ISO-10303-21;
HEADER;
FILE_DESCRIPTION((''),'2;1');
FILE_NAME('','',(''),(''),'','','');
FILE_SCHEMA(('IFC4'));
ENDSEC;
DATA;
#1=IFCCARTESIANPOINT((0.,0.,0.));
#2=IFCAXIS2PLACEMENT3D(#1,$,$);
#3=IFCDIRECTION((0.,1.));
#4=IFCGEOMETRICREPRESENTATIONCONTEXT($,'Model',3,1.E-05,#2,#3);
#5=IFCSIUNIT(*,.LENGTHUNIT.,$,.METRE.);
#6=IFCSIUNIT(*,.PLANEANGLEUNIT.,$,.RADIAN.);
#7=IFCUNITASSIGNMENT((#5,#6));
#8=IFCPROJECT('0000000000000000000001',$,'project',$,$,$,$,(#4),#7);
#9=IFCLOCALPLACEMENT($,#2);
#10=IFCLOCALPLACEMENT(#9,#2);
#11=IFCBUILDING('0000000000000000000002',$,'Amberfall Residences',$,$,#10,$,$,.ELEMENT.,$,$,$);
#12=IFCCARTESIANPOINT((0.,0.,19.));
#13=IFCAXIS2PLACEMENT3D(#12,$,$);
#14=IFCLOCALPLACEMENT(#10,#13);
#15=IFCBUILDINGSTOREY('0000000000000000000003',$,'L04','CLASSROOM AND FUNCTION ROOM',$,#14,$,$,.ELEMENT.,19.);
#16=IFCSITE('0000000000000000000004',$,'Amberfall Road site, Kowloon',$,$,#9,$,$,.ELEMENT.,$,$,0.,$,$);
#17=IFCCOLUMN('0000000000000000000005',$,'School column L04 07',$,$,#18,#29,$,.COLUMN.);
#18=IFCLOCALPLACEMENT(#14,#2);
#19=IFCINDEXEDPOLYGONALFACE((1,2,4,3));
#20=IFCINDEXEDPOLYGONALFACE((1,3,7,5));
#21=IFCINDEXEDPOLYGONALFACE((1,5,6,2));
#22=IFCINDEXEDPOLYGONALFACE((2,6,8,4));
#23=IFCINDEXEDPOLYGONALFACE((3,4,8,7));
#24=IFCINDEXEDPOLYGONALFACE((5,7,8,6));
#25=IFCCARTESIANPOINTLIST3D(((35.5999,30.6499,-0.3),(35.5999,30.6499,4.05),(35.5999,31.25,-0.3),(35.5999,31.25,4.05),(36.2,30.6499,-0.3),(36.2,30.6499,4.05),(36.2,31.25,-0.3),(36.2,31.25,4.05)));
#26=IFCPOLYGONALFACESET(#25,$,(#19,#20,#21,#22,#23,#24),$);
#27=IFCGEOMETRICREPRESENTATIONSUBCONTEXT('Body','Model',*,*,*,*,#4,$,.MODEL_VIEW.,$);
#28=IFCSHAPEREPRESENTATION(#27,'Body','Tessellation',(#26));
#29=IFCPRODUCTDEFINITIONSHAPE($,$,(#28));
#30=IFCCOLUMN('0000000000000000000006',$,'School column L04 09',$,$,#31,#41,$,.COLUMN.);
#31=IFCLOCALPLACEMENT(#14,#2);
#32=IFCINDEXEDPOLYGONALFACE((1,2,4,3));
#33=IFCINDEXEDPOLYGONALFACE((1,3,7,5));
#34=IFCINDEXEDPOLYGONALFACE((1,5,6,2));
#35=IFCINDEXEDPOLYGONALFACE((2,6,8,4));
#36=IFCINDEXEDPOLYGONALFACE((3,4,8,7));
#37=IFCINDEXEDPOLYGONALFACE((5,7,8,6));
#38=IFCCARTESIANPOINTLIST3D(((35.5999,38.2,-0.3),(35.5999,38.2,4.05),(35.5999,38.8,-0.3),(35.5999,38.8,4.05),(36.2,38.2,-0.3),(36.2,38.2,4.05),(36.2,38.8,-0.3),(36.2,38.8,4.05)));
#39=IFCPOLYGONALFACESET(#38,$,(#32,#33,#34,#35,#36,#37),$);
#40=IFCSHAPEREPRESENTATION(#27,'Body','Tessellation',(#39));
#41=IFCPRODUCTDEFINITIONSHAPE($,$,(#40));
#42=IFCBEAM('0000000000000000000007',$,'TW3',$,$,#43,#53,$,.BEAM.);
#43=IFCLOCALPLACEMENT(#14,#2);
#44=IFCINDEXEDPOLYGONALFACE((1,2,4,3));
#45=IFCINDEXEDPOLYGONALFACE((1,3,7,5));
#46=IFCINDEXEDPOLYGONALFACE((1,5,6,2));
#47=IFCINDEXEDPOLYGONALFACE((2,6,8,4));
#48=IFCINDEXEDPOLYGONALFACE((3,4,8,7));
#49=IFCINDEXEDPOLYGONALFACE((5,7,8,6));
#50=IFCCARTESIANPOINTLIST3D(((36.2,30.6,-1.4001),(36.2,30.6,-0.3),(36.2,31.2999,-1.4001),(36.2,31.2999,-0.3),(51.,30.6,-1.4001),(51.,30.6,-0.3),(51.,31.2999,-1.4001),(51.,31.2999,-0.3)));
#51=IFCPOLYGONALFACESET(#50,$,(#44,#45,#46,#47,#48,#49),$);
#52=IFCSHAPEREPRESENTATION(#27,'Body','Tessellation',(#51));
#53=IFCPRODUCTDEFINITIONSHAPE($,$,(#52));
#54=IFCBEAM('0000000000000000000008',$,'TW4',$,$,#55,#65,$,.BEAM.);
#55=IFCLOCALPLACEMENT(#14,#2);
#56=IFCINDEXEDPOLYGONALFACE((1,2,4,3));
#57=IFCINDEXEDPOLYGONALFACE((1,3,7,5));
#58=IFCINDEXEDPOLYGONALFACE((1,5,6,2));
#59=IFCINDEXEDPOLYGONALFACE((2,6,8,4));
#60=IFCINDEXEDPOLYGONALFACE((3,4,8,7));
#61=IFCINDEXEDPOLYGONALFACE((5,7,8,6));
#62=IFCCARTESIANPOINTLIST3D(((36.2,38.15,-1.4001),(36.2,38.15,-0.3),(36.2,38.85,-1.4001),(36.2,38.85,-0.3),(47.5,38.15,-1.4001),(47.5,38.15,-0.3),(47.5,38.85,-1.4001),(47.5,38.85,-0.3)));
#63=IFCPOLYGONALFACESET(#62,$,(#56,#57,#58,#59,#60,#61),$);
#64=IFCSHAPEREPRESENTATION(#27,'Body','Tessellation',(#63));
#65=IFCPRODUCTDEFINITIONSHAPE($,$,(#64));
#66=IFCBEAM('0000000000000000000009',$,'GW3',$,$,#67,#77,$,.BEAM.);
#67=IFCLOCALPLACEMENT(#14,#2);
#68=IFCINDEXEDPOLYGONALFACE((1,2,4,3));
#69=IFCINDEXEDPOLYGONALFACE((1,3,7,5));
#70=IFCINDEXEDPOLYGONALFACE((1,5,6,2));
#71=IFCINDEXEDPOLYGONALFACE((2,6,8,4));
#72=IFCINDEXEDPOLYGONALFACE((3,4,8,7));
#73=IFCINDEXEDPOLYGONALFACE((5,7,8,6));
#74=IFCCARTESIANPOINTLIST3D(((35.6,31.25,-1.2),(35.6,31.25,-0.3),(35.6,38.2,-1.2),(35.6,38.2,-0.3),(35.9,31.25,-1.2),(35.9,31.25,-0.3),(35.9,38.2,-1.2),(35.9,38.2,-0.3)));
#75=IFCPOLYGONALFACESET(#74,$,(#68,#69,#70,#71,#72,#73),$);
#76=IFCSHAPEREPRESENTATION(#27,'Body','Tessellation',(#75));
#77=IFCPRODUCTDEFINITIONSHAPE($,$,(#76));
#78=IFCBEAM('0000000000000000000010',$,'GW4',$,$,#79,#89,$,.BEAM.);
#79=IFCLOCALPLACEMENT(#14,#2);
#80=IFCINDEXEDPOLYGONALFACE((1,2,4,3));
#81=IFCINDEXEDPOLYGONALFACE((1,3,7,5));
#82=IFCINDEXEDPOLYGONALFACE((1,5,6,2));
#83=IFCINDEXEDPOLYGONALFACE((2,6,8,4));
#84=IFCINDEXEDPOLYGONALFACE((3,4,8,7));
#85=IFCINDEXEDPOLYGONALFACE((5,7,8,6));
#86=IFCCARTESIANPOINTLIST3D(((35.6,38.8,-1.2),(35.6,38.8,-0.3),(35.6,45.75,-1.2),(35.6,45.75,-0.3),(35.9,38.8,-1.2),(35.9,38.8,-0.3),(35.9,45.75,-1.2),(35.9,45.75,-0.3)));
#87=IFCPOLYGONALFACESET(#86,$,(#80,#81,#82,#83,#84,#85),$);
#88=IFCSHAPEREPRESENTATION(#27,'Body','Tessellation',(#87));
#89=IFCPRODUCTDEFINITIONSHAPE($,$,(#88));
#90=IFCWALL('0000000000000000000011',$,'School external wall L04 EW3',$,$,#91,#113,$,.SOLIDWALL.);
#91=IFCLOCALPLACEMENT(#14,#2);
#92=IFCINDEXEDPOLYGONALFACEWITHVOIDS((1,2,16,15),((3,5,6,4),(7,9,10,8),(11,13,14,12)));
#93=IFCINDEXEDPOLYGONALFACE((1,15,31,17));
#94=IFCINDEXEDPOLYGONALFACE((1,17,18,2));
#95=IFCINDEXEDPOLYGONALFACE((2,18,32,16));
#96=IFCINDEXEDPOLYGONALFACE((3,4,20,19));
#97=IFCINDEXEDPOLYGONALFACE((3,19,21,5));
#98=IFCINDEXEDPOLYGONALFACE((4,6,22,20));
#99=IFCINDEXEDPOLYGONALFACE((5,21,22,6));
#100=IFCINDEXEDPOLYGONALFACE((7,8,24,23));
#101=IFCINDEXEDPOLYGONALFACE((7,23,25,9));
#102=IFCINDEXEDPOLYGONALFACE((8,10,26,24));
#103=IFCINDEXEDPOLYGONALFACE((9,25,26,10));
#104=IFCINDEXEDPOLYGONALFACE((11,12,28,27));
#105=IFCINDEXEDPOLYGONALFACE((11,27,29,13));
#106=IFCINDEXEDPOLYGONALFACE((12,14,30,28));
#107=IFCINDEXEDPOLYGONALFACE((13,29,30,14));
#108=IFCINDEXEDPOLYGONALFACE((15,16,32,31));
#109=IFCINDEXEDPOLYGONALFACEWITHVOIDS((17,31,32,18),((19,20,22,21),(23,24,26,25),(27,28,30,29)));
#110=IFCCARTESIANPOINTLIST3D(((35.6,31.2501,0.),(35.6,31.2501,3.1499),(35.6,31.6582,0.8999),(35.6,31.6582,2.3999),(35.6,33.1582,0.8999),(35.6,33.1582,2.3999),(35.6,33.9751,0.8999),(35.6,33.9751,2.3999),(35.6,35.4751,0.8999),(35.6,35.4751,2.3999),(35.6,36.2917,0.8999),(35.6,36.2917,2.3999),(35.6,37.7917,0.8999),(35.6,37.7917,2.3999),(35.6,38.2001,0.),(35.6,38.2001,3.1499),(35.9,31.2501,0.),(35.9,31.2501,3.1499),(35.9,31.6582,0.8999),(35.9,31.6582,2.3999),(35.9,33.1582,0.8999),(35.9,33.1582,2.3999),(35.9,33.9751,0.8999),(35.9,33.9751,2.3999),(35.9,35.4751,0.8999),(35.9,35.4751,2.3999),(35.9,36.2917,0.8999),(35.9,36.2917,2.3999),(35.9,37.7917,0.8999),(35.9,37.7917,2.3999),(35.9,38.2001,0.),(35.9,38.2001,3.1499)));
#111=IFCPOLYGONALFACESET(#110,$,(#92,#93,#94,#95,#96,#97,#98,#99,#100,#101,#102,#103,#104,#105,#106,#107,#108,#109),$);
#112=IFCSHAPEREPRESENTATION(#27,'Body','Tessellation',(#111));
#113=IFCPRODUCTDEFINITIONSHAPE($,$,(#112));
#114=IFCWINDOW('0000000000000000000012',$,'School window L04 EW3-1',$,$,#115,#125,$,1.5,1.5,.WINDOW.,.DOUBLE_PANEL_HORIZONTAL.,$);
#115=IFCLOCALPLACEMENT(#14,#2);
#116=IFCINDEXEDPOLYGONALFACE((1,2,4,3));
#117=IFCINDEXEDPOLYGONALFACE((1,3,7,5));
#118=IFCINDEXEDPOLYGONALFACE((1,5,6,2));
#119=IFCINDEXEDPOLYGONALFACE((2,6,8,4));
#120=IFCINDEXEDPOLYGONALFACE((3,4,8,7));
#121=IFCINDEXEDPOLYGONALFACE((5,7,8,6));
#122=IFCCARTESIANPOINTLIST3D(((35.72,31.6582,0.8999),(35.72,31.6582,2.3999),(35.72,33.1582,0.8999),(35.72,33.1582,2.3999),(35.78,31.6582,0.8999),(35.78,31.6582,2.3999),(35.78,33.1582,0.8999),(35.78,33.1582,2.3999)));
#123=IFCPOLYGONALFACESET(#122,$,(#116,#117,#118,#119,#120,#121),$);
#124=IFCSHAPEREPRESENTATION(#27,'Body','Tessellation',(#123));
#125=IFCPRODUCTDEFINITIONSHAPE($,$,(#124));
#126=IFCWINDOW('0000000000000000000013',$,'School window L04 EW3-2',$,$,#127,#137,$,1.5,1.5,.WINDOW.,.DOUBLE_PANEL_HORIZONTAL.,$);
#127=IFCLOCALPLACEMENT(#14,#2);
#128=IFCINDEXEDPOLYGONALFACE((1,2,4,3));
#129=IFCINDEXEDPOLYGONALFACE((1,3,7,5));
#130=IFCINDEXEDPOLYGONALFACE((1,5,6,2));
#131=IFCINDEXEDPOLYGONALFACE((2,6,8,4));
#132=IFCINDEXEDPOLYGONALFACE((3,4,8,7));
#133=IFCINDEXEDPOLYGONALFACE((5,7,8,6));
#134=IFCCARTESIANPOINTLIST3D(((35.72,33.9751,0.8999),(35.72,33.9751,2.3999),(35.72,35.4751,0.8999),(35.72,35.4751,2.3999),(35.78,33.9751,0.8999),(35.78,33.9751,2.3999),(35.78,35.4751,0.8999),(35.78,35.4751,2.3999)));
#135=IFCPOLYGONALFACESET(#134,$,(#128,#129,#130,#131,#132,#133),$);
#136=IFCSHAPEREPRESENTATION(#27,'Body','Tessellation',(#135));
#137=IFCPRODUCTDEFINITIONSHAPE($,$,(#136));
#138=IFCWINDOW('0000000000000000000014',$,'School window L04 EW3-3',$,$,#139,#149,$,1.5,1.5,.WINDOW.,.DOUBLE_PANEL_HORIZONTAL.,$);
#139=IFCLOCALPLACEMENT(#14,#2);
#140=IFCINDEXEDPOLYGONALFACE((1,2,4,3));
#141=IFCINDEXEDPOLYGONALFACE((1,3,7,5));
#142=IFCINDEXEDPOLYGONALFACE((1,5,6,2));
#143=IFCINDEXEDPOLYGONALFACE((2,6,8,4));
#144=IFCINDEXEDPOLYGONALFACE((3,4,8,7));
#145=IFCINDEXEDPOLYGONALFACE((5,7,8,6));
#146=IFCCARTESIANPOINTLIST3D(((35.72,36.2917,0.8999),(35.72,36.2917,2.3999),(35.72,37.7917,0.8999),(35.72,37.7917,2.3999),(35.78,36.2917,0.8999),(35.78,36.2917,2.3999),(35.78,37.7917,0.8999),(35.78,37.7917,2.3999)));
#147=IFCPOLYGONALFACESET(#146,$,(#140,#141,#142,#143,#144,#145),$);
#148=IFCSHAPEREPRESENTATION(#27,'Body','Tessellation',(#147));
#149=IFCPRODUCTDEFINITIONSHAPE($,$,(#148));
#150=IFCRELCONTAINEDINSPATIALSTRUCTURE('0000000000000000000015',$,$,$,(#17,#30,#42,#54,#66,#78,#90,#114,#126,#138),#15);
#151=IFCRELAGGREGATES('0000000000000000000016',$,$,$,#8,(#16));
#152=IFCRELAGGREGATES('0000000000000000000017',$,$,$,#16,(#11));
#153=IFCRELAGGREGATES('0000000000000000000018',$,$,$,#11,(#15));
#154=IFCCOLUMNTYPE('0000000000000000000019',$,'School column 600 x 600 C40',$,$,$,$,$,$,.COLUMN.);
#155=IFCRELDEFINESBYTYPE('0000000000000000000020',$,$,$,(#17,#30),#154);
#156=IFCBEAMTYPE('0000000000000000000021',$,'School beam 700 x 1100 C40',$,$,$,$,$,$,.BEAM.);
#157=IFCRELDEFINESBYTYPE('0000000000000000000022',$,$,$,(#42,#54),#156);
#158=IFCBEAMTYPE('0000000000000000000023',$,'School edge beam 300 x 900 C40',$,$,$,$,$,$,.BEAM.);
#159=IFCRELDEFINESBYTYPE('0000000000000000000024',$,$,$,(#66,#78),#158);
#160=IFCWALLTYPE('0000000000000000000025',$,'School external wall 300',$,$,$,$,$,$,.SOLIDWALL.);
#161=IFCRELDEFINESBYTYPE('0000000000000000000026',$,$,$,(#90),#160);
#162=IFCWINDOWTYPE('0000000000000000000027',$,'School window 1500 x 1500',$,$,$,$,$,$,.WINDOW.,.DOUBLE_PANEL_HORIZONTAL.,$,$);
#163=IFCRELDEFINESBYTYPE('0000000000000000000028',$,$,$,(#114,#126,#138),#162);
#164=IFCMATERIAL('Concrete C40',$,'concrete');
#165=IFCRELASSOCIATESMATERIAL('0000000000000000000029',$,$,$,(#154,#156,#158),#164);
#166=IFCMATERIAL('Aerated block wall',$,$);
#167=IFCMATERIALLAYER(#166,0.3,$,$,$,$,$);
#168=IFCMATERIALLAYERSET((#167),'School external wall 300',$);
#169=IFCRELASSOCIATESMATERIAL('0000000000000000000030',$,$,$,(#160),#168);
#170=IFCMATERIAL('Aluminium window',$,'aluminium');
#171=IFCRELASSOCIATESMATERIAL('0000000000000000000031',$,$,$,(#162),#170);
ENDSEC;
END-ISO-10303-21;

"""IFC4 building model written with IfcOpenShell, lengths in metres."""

from ifc_helpers import new_model, si_unit, direction, frame, frame_2d, origin, origin_2d, place, context, subcontext, project, spatial, rectangle, extrude, material, layer, layer_set, material_profile, profile_set, type_object, element, fill, save


model = new_model("IFC4")

# Units and contexts
model_context = context("Model", 3, precision=1e-05, world=origin(), true_north=direction((0.0, 1.0)))
body_context = subcontext(model_context, "Body", "Model", "MODEL_VIEW")
ifc_project = project(units=[si_unit("LENGTHUNIT", "METRE"), si_unit("PLANEANGLEUNIT", "RADIAN")], contexts=[model_context])

# Site, building, storey
site_placement = place(None, origin())
site = spatial("IfcSite", under=ifc_project, at=site_placement, Name="Amberfall Road site, Kowloon", CompositionType="ELEMENT", RefElevation=0.0)
building_placement = place(site_placement, origin())
building = spatial("IfcBuilding", under=site, at=building_placement, Name="Amberfall Residences", CompositionType="ELEMENT")
storey_placement = place(building_placement, frame((0.0, 0.0, 19.0)))
storey = spatial("IfcBuildingStorey", under=building, at=storey_placement, Name="L04", Description="CLASSROOM AND FUNCTION ROOM", CompositionType="ELEMENT", Elevation=19.0)

# Columns
ifc_material_1 = material(Name="Concrete C40", Category="concrete")
ifc_material_profile_1 = material_profile(ifc_material_1, rectangle(XDim=0.6001, YDim=0.6001, at=origin_2d()), Name="School column 600 x 600 C40")
ifc_profile_set_1 = profile_set([ifc_material_profile_1], Name="Concrete C40")
column_type = type_object("IfcColumnType", Name="School column 600 x 600 C40", PredefinedType="COLUMN", material=ifc_profile_set_1)
for number, where, z_axis, x_axis, name in (
    (1, (35.8999, 30.95, -0.3), (0.0, 0.0, 1.0), (1.0, 0.0, 0.0), "School column L04 07"),
    (2, (35.8999, 38.5, -0.3), (0.0, 0.0, 1.0), (1.0, 0.0, 0.0), "School column L04 09"),
):
    element("IfcColumn", number, at=place(storey_placement, frame(where, z_axis=z_axis, x_axis=x_axis)), inside=storey, type_object=column_type, Name=name, PredefinedType="COLUMN", context=body_context, shape_type="SweptSolid", body=[
        extrude(rectangle(XDim=0.6001, YDim=0.6001, at=origin_2d()), origin(), (0.0, 0.0, 1.0), 4.3501),
    ])

# Beams
ifc_material_profile_2 = material_profile(ifc_material_1, rectangle(XDim=0.7, YDim=1.1001, at=origin_2d()), Name="School beam 700 x 1100 C40")
ifc_profile_set_2 = profile_set([ifc_material_profile_2], Name="Concrete C40")
beam_type_1 = type_object("IfcBeamType", Name="School beam 700 x 1100 C40", PredefinedType="BEAM", material=ifc_profile_set_2)
beam_1_placement = place(storey_placement, frame((36.2, 30.95, -0.8501), z_axis=(1.0, 0.0, 0.0), x_axis=(0.0, 1.0, 0.0)))
element("IfcBeam", 3, at=beam_1_placement, inside=storey, type_object=beam_type_1, Name="TW3", PredefinedType="BEAM", context=body_context, shape_type="SweptSolid", body=[
    extrude(rectangle(XDim=0.7, YDim=1.1001, at=origin_2d()), origin(), (0.0, 0.0, 1.0), 14.8),
])
beam_2_placement = place(storey_placement, frame((36.2, 38.5, -0.8501), z_axis=(1.0, 0.0, 0.0), x_axis=(0.0, 1.0, 0.0)))
element("IfcBeam", 4, at=beam_2_placement, inside=storey, type_object=beam_type_1, Name="TW4", PredefinedType="BEAM", context=body_context, shape_type="SweptSolid", body=[
    extrude(rectangle(XDim=0.7, YDim=1.1001, at=origin_2d()), origin(), (0.0, 0.0, 1.0), 11.3),
])
ifc_material_profile_3 = material_profile(ifc_material_1, rectangle(XDim=0.3, YDim=0.8999, at=origin_2d()), Name="School edge beam 300 x 900 C40")
ifc_profile_set_3 = profile_set([ifc_material_profile_3], Name="Concrete C40")
beam_type_2 = type_object("IfcBeamType", Name="School edge beam 300 x 900 C40", PredefinedType="BEAM", material=ifc_profile_set_3)
for number, where, z_axis, x_axis, name in (
    (5, (35.75, 31.25, -0.75), (0.0, 1.0, 0.0), (-1.0, 0.0, 0.0), "GW3"),
    (6, (35.75, 38.8, -0.75), (0.0, 1.0, 0.0), (-1.0, 0.0, 0.0), "GW4"),
):
    element("IfcBeam", number, at=place(storey_placement, frame(where, z_axis=z_axis, x_axis=x_axis)), inside=storey, type_object=beam_type_2, Name=name, PredefinedType="BEAM", context=body_context, shape_type="SweptSolid", body=[
        extrude(rectangle(XDim=0.3, YDim=0.8999, at=origin_2d()), origin(), (0.0, 0.0, 1.0), 6.95),
    ])

# Wall, openings, windows
ifc_material_2 = material(Name="Aerated block wall")
ifc_layer_1 = layer(ifc_material_2, 0.3)
ifc_layer_set_1 = layer_set([ifc_layer_1], Name="School external wall 300")
wall_type_1 = type_object("IfcWallType", Name="School external wall 300", PredefinedType="SOLIDWALL", material=ifc_layer_set_1)
wall_1_placement = place(storey_placement, frame((35.75, 31.25, 0.0), z_axis=(0.0, 0.0, 1.0), x_axis=(0.0, 1.0, 0.0)))
wall_1 = element("IfcWall", 7, at=wall_1_placement, inside=storey, type_object=wall_type_1, Name="School external wall L04 EW3", PredefinedType="SOLIDWALL", context=body_context, shape_type="SweptSolid", body=[
    extrude(rectangle(XDim=6.95, YDim=0.3, at=frame_2d((3.4751, 0.0))), origin(), (0.0, 0.0, 1.0), 3.1499),
])
opening_1_placement = place(wall_1_placement, frame((0.4082, 0.0, 0.8999)))
opening_1 = element("IfcOpeningElement", 8, at=opening_1_placement, cuts=wall_1, PredefinedType="OPENING", context=body_context, shape_type="SweptSolid", body=[
    extrude(rectangle(XDim=1.5, YDim=1.5, at=frame_2d((0.75, 0.75))), frame((0.0, 0.1599, 0.0), z_axis=(0.0, -1.0, 0.0), x_axis=(1.0, 0.0, 0.0)), (0.0, 0.0, 1.0), 0.3201),
])
opening_2_placement = place(wall_1_placement, frame((2.7251, 0.0, 0.8999)))
opening_2 = element("IfcOpeningElement", 9, at=opening_2_placement, cuts=wall_1, PredefinedType="OPENING", context=body_context, shape_type="SweptSolid", body=[
    extrude(rectangle(XDim=1.5, YDim=1.5, at=frame_2d((0.75, 0.75))), frame((0.0, 0.1599, 0.0), z_axis=(0.0, -1.0, 0.0), x_axis=(1.0, 0.0, 0.0)), (0.0, 0.0, 1.0), 0.3201),
])
opening_3_placement = place(wall_1_placement, frame((5.0417, 0.0, 0.8999)))
opening_3 = element("IfcOpeningElement", 10, at=opening_3_placement, cuts=wall_1, PredefinedType="OPENING", context=body_context, shape_type="SweptSolid", body=[
    extrude(rectangle(XDim=1.5, YDim=1.5, at=frame_2d((0.75, 0.75))), frame((0.0, 0.1599, 0.0), z_axis=(0.0, -1.0, 0.0), x_axis=(1.0, 0.0, 0.0)), (0.0, 0.0, 1.0), 0.3201),
])
ifc_material_3 = material(Name="Aluminium window", Category="aluminium")
window_type = type_object("IfcWindowType", Name="School window 1500 x 1500", PartitioningType="DOUBLE_PANEL_HORIZONTAL", PredefinedType="WINDOW", material=ifc_material_3)
window_1_placement = place(opening_1_placement, origin())
window_1 = element("IfcWindow", 11, at=window_1_placement, inside=storey, type_object=window_type, Name="School window L04 EW3-1", OverallHeight=1.5, OverallWidth=1.5, PartitioningType="DOUBLE_PANEL_HORIZONTAL", PredefinedType="WINDOW", context=body_context, shape_type="SweptSolid", body=[
    extrude(rectangle(XDim=1.5, YDim=1.5, at=frame_2d((0.75, 0.75))), frame((0.0, 0.03, 0.0), z_axis=(0.0, -1.0, 0.0), x_axis=(1.0, 0.0, 0.0)), (0.0, 0.0, 1.0), 0.0601),
])
fill(opening_1, window_1)
window_2_placement = place(opening_2_placement, origin())
window_2 = element("IfcWindow", 12, at=window_2_placement, inside=storey, type_object=window_type, Name="School window L04 EW3-2", OverallHeight=1.5, OverallWidth=1.5, PartitioningType="DOUBLE_PANEL_HORIZONTAL", PredefinedType="WINDOW", context=body_context, shape_type="SweptSolid", body=[
    extrude(rectangle(XDim=1.5, YDim=1.5, at=frame_2d((0.75, 0.75))), frame((0.0, 0.03, 0.0), z_axis=(0.0, -1.0, 0.0), x_axis=(1.0, 0.0, 0.0)), (0.0, 0.0, 1.0), 0.0601),
])
fill(opening_2, window_2)
window_3_placement = place(opening_3_placement, origin())
window_3 = element("IfcWindow", 13, at=window_3_placement, inside=storey, type_object=window_type, Name="School window L04 EW3-3", OverallHeight=1.5, OverallWidth=1.5, PartitioningType="DOUBLE_PANEL_HORIZONTAL", PredefinedType="WINDOW", context=body_context, shape_type="SweptSolid", body=[
    extrude(rectangle(XDim=1.5, YDim=1.5, at=frame_2d((0.75, 0.75))), frame((0.0, 0.03, 0.0), z_axis=(0.0, -1.0, 0.0), x_axis=(1.0, 0.0, 0.0)), (0.0, 0.0, 1.0), 0.0601),
])
fill(opening_3, window_3)

save(model, "model.ifc")
